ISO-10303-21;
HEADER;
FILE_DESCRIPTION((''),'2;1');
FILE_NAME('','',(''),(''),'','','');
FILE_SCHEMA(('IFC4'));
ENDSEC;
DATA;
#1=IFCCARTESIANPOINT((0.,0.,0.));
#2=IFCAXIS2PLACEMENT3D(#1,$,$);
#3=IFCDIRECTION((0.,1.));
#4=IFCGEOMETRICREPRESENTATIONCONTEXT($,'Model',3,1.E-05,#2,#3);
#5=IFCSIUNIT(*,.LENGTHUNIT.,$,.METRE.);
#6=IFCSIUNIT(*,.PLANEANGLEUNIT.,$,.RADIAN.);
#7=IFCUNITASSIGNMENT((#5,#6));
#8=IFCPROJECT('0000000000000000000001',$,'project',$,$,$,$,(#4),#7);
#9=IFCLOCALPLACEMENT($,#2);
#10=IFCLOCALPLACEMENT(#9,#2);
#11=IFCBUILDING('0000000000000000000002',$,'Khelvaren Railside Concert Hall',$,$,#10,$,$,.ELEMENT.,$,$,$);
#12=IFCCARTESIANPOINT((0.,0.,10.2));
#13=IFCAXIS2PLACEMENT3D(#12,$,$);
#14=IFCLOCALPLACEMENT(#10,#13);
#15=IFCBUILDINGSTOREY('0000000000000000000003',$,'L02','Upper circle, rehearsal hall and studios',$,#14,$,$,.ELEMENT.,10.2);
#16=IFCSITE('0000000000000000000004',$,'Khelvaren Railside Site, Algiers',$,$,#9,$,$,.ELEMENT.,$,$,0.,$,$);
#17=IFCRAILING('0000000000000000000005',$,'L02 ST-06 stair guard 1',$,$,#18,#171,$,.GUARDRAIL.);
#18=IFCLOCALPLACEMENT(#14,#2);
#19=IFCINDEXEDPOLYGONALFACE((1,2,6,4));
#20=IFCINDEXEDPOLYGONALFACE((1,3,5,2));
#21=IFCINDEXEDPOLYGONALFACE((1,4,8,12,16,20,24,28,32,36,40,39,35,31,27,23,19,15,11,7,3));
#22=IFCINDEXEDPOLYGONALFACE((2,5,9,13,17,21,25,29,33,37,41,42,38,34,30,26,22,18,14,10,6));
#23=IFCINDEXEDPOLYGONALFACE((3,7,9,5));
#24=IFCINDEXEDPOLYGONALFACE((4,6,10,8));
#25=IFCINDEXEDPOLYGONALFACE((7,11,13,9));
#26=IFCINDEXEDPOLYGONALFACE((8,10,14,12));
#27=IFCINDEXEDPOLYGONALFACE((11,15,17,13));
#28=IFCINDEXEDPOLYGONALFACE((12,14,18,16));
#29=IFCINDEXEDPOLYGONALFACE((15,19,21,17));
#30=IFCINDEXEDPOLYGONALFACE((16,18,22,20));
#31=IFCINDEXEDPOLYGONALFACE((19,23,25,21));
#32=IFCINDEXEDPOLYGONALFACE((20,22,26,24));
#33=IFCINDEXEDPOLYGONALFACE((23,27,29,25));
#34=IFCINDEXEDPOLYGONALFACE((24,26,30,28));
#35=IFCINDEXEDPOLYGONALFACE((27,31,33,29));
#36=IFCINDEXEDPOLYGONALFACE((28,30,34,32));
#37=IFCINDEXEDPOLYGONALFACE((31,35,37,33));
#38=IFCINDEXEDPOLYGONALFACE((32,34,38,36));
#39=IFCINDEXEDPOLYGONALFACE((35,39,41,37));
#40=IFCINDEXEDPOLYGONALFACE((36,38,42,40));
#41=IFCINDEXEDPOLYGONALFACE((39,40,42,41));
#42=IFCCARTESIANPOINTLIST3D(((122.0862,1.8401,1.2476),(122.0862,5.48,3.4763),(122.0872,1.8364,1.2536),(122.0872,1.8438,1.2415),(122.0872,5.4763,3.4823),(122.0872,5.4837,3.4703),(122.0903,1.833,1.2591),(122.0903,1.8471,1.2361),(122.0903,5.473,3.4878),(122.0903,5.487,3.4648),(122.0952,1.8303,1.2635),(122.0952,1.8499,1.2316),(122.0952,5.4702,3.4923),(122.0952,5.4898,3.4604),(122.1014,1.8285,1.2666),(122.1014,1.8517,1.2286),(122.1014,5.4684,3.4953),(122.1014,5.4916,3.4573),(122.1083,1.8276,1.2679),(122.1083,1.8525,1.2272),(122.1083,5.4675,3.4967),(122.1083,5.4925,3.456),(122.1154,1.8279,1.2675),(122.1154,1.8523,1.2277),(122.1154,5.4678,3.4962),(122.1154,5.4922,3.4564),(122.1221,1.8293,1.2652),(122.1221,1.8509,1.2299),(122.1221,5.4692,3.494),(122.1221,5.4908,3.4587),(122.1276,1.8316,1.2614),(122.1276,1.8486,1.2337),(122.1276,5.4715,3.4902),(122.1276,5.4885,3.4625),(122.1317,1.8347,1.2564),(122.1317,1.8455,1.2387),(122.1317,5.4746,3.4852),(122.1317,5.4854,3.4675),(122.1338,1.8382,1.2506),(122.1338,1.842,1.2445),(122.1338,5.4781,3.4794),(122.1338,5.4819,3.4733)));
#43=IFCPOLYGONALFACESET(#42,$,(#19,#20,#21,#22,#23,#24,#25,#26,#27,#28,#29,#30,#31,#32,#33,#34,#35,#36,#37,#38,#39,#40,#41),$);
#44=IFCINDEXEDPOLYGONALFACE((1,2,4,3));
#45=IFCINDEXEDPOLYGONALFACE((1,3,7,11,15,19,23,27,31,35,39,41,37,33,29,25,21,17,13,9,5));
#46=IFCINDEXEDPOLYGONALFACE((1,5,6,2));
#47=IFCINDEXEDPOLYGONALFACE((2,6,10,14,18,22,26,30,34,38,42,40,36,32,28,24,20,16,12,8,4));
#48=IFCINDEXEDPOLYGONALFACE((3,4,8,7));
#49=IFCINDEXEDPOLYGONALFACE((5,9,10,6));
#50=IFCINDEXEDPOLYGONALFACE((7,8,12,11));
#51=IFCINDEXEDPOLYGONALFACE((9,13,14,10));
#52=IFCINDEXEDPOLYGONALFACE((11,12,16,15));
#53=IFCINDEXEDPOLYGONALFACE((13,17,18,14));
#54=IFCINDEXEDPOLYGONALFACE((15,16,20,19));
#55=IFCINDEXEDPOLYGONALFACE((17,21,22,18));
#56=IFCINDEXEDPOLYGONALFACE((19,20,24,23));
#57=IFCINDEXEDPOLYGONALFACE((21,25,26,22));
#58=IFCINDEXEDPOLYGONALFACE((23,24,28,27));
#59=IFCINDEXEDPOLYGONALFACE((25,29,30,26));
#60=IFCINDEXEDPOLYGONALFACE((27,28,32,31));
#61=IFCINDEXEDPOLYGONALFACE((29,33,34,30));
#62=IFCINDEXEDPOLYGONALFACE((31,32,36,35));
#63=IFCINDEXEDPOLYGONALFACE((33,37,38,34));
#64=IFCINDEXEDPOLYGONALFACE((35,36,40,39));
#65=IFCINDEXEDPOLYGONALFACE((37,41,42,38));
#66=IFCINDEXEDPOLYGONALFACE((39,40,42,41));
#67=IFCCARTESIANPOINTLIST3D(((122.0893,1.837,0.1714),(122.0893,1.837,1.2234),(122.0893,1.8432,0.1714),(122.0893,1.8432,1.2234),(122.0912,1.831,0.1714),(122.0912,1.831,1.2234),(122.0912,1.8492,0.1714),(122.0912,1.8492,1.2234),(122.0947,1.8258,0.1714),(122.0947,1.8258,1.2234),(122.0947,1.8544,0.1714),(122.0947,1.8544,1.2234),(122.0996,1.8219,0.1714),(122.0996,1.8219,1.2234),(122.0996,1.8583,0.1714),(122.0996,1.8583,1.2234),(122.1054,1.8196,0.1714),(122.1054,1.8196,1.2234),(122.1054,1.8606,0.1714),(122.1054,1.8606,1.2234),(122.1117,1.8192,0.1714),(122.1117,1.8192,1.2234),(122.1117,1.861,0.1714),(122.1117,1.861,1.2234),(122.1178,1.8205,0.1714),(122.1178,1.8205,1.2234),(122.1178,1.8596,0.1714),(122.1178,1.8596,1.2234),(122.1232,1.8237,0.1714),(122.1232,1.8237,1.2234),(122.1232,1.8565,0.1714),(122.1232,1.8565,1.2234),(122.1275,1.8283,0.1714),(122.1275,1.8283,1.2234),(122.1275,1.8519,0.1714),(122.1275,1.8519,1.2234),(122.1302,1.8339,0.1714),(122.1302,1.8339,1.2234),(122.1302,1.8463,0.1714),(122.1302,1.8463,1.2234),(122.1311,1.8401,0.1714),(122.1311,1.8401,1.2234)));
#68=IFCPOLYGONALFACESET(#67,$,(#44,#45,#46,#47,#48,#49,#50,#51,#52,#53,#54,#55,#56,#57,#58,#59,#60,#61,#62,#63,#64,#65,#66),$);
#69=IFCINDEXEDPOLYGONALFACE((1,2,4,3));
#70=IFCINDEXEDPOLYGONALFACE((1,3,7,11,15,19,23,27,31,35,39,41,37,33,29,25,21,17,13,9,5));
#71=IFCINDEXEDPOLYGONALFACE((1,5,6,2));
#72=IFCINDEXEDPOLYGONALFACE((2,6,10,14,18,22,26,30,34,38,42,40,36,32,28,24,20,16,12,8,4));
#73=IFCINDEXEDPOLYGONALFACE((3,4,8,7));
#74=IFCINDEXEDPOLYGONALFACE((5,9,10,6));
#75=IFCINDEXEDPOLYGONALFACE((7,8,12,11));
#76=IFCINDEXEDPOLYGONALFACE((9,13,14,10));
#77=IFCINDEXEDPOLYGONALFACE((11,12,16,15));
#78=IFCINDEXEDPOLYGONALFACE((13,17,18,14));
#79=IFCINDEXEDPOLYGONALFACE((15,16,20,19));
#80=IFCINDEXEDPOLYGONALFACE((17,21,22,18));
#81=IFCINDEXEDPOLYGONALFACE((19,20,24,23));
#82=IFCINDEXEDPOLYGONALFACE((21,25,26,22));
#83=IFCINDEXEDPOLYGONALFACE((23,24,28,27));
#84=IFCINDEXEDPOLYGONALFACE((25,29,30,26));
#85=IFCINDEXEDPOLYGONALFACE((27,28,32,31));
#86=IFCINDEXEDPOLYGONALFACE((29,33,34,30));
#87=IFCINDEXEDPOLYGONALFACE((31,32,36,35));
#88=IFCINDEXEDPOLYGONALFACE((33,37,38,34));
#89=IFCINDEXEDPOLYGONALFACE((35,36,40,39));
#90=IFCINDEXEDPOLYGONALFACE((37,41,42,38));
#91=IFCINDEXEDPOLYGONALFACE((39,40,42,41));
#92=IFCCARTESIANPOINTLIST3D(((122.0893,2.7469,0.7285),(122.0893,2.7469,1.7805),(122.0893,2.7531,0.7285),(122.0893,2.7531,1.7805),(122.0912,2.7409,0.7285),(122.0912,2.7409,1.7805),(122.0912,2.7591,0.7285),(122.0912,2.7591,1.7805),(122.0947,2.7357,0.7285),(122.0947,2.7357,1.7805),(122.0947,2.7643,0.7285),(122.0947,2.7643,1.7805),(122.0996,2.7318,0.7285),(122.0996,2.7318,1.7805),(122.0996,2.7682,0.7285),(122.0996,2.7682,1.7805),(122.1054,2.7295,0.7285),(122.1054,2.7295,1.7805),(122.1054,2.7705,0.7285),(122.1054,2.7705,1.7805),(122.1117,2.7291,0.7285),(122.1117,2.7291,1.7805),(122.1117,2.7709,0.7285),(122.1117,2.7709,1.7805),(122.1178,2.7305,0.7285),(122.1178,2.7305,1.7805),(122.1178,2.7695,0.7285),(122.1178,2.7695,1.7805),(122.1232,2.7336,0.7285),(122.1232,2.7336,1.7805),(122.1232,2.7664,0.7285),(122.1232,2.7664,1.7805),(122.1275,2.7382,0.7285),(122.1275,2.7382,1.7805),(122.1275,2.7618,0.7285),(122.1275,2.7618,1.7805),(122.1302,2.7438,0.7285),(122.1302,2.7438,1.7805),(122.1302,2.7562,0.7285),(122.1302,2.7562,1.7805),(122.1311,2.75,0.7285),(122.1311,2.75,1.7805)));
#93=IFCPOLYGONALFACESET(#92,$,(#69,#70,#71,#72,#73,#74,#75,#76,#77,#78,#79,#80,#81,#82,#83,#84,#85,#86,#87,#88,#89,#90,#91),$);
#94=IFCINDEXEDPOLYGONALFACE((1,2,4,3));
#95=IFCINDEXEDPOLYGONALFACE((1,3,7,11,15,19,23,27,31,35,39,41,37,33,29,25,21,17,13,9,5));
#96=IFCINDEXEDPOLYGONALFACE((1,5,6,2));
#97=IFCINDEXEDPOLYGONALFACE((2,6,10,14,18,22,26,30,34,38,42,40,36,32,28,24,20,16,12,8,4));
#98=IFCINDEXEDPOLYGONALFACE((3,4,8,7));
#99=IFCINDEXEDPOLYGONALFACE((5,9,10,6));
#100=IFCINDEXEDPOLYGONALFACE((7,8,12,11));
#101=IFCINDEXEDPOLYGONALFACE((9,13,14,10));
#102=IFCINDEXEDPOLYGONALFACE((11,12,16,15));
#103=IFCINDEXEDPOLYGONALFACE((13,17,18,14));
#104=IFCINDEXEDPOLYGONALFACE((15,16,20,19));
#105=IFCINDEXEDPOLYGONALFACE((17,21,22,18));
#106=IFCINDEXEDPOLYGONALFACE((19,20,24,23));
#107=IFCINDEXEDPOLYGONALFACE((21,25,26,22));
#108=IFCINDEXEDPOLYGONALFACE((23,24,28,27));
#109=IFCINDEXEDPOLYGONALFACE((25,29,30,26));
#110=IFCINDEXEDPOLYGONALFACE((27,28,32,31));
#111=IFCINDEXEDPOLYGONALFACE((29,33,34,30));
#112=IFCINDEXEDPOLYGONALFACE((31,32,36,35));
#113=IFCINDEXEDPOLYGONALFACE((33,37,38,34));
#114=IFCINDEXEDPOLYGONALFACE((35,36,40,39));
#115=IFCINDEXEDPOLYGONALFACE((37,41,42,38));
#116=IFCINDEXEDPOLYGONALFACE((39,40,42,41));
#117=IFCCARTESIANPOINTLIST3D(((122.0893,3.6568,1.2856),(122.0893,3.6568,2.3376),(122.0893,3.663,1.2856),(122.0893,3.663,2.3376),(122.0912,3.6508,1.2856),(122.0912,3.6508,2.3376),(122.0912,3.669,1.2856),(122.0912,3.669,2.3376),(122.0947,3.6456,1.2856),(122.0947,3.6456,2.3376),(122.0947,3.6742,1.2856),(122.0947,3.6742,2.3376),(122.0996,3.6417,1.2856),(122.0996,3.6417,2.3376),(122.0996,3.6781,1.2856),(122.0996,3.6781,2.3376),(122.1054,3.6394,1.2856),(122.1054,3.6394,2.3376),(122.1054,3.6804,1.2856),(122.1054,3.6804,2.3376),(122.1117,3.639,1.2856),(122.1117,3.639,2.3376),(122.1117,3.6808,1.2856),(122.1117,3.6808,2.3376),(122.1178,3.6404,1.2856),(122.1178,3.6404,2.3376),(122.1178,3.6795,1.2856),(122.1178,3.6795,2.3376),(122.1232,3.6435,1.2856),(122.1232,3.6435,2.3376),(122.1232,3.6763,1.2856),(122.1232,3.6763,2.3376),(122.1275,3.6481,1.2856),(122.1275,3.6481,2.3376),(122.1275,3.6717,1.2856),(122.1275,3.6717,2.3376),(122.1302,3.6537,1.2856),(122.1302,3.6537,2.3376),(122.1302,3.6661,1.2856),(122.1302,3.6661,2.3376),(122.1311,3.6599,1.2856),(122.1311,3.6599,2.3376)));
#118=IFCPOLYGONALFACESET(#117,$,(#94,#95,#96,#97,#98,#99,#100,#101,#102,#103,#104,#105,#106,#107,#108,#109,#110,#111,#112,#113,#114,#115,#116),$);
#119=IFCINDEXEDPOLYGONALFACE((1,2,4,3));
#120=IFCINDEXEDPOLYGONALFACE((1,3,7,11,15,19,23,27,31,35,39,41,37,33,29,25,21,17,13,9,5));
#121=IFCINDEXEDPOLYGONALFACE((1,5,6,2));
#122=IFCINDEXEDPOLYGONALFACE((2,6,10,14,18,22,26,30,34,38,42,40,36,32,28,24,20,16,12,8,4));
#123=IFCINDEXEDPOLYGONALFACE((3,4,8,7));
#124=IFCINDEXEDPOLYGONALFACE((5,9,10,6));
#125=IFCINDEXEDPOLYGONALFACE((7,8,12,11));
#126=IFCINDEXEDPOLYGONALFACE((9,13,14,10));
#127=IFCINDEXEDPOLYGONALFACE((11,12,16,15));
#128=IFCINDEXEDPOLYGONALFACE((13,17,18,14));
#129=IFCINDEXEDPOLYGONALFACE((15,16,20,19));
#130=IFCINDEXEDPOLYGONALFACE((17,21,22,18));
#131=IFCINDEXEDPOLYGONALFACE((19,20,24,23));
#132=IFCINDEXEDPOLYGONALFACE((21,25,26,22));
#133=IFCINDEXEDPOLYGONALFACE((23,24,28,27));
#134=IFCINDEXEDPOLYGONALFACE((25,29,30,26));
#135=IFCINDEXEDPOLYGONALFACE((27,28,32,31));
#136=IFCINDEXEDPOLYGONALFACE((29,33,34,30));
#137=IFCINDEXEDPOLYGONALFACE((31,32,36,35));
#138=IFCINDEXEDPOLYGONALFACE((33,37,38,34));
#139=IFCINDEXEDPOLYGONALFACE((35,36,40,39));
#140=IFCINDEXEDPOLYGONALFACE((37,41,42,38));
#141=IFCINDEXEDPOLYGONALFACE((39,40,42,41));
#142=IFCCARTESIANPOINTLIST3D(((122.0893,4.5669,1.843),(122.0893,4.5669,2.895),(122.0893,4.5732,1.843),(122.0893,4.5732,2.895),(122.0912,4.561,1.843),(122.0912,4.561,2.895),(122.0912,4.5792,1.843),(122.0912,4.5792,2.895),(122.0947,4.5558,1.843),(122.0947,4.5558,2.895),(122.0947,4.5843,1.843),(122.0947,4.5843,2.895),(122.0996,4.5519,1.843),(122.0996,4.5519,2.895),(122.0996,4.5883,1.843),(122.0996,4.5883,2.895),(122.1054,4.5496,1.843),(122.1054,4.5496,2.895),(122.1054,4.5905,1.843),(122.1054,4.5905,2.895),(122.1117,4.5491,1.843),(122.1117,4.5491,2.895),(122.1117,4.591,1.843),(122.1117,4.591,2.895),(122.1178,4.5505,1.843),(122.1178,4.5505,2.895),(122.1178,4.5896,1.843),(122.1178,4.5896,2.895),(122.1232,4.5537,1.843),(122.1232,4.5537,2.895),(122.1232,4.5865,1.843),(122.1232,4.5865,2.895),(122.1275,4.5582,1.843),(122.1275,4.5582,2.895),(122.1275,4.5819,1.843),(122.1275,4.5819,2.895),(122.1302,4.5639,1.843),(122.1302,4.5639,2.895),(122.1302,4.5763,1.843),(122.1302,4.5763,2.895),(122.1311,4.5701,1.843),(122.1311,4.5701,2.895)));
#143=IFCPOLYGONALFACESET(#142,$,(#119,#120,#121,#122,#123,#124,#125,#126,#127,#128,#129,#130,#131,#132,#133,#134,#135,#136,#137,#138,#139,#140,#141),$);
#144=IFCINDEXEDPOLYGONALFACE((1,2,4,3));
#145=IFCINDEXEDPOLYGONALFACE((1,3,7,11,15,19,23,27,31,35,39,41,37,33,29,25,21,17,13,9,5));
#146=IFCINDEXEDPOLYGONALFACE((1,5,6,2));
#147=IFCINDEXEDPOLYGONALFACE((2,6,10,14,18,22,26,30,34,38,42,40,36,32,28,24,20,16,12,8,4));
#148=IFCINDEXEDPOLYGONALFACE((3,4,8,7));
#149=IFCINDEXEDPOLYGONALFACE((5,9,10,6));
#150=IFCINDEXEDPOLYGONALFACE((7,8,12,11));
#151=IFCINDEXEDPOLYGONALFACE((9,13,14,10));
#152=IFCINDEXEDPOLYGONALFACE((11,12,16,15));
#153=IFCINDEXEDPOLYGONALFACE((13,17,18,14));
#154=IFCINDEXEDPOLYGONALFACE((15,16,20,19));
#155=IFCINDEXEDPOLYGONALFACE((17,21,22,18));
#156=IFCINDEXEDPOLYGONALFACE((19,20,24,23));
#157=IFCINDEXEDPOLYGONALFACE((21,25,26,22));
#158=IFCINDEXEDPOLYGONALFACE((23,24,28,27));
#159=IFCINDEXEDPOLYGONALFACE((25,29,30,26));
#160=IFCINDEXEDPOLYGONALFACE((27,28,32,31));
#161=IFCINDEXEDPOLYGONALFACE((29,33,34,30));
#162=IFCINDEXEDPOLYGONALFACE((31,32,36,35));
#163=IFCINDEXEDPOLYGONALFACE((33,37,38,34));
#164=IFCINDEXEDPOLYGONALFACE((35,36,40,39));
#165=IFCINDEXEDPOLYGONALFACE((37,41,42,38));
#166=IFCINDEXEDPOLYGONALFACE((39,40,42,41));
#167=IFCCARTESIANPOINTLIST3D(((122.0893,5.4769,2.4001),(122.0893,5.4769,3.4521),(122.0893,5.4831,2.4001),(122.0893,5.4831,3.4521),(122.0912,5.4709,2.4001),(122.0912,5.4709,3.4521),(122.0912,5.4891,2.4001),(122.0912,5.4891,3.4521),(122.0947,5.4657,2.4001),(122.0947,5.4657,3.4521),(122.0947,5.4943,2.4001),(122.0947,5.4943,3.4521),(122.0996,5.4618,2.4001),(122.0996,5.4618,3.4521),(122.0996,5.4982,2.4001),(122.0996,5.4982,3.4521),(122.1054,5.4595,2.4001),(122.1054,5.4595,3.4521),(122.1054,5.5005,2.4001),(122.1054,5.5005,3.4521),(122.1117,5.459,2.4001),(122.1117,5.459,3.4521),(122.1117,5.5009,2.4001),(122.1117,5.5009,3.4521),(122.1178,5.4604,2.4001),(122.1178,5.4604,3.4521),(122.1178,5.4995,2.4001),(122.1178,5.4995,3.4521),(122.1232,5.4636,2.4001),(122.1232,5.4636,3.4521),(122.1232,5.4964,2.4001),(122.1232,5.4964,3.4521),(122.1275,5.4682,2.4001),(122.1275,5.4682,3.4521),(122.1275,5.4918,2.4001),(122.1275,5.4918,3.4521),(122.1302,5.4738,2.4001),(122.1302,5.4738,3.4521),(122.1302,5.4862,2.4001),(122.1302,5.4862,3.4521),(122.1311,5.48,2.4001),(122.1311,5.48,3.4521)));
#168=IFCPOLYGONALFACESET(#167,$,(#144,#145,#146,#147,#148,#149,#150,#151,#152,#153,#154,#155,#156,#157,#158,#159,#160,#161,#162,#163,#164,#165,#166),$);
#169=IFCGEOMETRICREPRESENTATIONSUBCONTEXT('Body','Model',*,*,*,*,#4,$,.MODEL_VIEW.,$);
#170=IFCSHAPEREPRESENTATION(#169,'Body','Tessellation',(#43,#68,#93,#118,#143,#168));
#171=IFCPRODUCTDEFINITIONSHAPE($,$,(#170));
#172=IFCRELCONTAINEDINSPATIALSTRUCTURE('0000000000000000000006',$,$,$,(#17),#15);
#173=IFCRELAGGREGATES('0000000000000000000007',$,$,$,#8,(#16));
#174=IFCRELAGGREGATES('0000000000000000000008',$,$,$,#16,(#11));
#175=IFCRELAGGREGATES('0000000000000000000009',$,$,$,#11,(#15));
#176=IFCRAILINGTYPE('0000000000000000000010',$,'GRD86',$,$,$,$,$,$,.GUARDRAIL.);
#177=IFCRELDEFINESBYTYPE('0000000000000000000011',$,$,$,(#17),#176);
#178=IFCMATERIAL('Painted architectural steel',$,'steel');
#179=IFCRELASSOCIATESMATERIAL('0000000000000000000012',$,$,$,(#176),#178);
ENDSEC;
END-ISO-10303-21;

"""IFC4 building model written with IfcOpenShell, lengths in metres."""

from ifc_helpers import new_model, si_unit, direction, frame, origin, origin_2d, place, context, subcontext, project, spatial, circle, extrude, material, type_object, element, save


model = new_model("IFC4")

# Units and contexts
model_context = context("Model", 3, precision=1e-05, world=origin(), true_north=direction((0.0, 1.0)))
body_context = subcontext(model_context, "Body", "Model", "MODEL_VIEW")
ifc_project = project(units=[si_unit("LENGTHUNIT", "METRE"), si_unit("PLANEANGLEUNIT", "RADIAN")], contexts=[model_context])

# Site, building, storey
site_placement = place(None, origin())
site = spatial("IfcSite", under=ifc_project, at=site_placement, Name="Khelvaren Railside Site, Algiers", CompositionType="ELEMENT", RefElevation=0.0)
building_placement = place(site_placement, origin())
building = spatial("IfcBuilding", under=site, at=building_placement, Name="Khelvaren Railside Concert Hall", CompositionType="ELEMENT")
storey_placement = place(building_placement, frame((0.0, 0.0, 10.2)))
storey = spatial("IfcBuildingStorey", under=building, at=storey_placement, Name="L02", Description="Upper circle, rehearsal hall and studios", CompositionType="ELEMENT", Elevation=10.2)

# Railing
ifc_material_1 = material(Name="Painted architectural steel", Category="steel")
railing_type = type_object("IfcRailingType", Name="GRD86", PredefinedType="GUARDRAIL", material=ifc_material_1)
railing_1_placement = place(storey_placement, frame((122.1101, 1.8401, 0.1714)))
element("IfcRailing", 1, at=railing_1_placement, inside=storey, type_object=railing_type, Name="L02 ST-06 stair guard 1", PredefinedType="GUARDRAIL", context=body_context, shape_type="SweptSolid", body=[
    extrude(circle(Radius=0.0239, at=origin_2d()), frame((0.0, 0.0, 1.0762), z_axis=(0.0, 0.852825, 0.522197), x_axis=(-1.0, 0.0, 0.0)), (0.0, 0.0, 1.0), 4.2681),
    extrude(circle(Radius=0.021, at=origin_2d()), origin(), (0.0, 0.0, 1.0), 1.052),
    extrude(circle(Radius=0.021, at=origin_2d()), frame((0.0, 0.9099, 0.5571)), (0.0, 0.0, 1.0), 1.052),
    extrude(circle(Radius=0.021, at=origin_2d()), frame((0.0, 1.8198, 1.1143)), (0.0, 0.0, 1.0), 1.052),
    extrude(circle(Radius=0.021, at=origin_2d()), frame((0.0, 2.73, 1.6716)), (0.0, 0.0, 1.0), 1.052),
    extrude(circle(Radius=0.021, at=origin_2d()), frame((0.0, 3.6399, 2.2288)), (0.0, 0.0, 1.0), 1.052),
])

save(model, "model.ifc")
